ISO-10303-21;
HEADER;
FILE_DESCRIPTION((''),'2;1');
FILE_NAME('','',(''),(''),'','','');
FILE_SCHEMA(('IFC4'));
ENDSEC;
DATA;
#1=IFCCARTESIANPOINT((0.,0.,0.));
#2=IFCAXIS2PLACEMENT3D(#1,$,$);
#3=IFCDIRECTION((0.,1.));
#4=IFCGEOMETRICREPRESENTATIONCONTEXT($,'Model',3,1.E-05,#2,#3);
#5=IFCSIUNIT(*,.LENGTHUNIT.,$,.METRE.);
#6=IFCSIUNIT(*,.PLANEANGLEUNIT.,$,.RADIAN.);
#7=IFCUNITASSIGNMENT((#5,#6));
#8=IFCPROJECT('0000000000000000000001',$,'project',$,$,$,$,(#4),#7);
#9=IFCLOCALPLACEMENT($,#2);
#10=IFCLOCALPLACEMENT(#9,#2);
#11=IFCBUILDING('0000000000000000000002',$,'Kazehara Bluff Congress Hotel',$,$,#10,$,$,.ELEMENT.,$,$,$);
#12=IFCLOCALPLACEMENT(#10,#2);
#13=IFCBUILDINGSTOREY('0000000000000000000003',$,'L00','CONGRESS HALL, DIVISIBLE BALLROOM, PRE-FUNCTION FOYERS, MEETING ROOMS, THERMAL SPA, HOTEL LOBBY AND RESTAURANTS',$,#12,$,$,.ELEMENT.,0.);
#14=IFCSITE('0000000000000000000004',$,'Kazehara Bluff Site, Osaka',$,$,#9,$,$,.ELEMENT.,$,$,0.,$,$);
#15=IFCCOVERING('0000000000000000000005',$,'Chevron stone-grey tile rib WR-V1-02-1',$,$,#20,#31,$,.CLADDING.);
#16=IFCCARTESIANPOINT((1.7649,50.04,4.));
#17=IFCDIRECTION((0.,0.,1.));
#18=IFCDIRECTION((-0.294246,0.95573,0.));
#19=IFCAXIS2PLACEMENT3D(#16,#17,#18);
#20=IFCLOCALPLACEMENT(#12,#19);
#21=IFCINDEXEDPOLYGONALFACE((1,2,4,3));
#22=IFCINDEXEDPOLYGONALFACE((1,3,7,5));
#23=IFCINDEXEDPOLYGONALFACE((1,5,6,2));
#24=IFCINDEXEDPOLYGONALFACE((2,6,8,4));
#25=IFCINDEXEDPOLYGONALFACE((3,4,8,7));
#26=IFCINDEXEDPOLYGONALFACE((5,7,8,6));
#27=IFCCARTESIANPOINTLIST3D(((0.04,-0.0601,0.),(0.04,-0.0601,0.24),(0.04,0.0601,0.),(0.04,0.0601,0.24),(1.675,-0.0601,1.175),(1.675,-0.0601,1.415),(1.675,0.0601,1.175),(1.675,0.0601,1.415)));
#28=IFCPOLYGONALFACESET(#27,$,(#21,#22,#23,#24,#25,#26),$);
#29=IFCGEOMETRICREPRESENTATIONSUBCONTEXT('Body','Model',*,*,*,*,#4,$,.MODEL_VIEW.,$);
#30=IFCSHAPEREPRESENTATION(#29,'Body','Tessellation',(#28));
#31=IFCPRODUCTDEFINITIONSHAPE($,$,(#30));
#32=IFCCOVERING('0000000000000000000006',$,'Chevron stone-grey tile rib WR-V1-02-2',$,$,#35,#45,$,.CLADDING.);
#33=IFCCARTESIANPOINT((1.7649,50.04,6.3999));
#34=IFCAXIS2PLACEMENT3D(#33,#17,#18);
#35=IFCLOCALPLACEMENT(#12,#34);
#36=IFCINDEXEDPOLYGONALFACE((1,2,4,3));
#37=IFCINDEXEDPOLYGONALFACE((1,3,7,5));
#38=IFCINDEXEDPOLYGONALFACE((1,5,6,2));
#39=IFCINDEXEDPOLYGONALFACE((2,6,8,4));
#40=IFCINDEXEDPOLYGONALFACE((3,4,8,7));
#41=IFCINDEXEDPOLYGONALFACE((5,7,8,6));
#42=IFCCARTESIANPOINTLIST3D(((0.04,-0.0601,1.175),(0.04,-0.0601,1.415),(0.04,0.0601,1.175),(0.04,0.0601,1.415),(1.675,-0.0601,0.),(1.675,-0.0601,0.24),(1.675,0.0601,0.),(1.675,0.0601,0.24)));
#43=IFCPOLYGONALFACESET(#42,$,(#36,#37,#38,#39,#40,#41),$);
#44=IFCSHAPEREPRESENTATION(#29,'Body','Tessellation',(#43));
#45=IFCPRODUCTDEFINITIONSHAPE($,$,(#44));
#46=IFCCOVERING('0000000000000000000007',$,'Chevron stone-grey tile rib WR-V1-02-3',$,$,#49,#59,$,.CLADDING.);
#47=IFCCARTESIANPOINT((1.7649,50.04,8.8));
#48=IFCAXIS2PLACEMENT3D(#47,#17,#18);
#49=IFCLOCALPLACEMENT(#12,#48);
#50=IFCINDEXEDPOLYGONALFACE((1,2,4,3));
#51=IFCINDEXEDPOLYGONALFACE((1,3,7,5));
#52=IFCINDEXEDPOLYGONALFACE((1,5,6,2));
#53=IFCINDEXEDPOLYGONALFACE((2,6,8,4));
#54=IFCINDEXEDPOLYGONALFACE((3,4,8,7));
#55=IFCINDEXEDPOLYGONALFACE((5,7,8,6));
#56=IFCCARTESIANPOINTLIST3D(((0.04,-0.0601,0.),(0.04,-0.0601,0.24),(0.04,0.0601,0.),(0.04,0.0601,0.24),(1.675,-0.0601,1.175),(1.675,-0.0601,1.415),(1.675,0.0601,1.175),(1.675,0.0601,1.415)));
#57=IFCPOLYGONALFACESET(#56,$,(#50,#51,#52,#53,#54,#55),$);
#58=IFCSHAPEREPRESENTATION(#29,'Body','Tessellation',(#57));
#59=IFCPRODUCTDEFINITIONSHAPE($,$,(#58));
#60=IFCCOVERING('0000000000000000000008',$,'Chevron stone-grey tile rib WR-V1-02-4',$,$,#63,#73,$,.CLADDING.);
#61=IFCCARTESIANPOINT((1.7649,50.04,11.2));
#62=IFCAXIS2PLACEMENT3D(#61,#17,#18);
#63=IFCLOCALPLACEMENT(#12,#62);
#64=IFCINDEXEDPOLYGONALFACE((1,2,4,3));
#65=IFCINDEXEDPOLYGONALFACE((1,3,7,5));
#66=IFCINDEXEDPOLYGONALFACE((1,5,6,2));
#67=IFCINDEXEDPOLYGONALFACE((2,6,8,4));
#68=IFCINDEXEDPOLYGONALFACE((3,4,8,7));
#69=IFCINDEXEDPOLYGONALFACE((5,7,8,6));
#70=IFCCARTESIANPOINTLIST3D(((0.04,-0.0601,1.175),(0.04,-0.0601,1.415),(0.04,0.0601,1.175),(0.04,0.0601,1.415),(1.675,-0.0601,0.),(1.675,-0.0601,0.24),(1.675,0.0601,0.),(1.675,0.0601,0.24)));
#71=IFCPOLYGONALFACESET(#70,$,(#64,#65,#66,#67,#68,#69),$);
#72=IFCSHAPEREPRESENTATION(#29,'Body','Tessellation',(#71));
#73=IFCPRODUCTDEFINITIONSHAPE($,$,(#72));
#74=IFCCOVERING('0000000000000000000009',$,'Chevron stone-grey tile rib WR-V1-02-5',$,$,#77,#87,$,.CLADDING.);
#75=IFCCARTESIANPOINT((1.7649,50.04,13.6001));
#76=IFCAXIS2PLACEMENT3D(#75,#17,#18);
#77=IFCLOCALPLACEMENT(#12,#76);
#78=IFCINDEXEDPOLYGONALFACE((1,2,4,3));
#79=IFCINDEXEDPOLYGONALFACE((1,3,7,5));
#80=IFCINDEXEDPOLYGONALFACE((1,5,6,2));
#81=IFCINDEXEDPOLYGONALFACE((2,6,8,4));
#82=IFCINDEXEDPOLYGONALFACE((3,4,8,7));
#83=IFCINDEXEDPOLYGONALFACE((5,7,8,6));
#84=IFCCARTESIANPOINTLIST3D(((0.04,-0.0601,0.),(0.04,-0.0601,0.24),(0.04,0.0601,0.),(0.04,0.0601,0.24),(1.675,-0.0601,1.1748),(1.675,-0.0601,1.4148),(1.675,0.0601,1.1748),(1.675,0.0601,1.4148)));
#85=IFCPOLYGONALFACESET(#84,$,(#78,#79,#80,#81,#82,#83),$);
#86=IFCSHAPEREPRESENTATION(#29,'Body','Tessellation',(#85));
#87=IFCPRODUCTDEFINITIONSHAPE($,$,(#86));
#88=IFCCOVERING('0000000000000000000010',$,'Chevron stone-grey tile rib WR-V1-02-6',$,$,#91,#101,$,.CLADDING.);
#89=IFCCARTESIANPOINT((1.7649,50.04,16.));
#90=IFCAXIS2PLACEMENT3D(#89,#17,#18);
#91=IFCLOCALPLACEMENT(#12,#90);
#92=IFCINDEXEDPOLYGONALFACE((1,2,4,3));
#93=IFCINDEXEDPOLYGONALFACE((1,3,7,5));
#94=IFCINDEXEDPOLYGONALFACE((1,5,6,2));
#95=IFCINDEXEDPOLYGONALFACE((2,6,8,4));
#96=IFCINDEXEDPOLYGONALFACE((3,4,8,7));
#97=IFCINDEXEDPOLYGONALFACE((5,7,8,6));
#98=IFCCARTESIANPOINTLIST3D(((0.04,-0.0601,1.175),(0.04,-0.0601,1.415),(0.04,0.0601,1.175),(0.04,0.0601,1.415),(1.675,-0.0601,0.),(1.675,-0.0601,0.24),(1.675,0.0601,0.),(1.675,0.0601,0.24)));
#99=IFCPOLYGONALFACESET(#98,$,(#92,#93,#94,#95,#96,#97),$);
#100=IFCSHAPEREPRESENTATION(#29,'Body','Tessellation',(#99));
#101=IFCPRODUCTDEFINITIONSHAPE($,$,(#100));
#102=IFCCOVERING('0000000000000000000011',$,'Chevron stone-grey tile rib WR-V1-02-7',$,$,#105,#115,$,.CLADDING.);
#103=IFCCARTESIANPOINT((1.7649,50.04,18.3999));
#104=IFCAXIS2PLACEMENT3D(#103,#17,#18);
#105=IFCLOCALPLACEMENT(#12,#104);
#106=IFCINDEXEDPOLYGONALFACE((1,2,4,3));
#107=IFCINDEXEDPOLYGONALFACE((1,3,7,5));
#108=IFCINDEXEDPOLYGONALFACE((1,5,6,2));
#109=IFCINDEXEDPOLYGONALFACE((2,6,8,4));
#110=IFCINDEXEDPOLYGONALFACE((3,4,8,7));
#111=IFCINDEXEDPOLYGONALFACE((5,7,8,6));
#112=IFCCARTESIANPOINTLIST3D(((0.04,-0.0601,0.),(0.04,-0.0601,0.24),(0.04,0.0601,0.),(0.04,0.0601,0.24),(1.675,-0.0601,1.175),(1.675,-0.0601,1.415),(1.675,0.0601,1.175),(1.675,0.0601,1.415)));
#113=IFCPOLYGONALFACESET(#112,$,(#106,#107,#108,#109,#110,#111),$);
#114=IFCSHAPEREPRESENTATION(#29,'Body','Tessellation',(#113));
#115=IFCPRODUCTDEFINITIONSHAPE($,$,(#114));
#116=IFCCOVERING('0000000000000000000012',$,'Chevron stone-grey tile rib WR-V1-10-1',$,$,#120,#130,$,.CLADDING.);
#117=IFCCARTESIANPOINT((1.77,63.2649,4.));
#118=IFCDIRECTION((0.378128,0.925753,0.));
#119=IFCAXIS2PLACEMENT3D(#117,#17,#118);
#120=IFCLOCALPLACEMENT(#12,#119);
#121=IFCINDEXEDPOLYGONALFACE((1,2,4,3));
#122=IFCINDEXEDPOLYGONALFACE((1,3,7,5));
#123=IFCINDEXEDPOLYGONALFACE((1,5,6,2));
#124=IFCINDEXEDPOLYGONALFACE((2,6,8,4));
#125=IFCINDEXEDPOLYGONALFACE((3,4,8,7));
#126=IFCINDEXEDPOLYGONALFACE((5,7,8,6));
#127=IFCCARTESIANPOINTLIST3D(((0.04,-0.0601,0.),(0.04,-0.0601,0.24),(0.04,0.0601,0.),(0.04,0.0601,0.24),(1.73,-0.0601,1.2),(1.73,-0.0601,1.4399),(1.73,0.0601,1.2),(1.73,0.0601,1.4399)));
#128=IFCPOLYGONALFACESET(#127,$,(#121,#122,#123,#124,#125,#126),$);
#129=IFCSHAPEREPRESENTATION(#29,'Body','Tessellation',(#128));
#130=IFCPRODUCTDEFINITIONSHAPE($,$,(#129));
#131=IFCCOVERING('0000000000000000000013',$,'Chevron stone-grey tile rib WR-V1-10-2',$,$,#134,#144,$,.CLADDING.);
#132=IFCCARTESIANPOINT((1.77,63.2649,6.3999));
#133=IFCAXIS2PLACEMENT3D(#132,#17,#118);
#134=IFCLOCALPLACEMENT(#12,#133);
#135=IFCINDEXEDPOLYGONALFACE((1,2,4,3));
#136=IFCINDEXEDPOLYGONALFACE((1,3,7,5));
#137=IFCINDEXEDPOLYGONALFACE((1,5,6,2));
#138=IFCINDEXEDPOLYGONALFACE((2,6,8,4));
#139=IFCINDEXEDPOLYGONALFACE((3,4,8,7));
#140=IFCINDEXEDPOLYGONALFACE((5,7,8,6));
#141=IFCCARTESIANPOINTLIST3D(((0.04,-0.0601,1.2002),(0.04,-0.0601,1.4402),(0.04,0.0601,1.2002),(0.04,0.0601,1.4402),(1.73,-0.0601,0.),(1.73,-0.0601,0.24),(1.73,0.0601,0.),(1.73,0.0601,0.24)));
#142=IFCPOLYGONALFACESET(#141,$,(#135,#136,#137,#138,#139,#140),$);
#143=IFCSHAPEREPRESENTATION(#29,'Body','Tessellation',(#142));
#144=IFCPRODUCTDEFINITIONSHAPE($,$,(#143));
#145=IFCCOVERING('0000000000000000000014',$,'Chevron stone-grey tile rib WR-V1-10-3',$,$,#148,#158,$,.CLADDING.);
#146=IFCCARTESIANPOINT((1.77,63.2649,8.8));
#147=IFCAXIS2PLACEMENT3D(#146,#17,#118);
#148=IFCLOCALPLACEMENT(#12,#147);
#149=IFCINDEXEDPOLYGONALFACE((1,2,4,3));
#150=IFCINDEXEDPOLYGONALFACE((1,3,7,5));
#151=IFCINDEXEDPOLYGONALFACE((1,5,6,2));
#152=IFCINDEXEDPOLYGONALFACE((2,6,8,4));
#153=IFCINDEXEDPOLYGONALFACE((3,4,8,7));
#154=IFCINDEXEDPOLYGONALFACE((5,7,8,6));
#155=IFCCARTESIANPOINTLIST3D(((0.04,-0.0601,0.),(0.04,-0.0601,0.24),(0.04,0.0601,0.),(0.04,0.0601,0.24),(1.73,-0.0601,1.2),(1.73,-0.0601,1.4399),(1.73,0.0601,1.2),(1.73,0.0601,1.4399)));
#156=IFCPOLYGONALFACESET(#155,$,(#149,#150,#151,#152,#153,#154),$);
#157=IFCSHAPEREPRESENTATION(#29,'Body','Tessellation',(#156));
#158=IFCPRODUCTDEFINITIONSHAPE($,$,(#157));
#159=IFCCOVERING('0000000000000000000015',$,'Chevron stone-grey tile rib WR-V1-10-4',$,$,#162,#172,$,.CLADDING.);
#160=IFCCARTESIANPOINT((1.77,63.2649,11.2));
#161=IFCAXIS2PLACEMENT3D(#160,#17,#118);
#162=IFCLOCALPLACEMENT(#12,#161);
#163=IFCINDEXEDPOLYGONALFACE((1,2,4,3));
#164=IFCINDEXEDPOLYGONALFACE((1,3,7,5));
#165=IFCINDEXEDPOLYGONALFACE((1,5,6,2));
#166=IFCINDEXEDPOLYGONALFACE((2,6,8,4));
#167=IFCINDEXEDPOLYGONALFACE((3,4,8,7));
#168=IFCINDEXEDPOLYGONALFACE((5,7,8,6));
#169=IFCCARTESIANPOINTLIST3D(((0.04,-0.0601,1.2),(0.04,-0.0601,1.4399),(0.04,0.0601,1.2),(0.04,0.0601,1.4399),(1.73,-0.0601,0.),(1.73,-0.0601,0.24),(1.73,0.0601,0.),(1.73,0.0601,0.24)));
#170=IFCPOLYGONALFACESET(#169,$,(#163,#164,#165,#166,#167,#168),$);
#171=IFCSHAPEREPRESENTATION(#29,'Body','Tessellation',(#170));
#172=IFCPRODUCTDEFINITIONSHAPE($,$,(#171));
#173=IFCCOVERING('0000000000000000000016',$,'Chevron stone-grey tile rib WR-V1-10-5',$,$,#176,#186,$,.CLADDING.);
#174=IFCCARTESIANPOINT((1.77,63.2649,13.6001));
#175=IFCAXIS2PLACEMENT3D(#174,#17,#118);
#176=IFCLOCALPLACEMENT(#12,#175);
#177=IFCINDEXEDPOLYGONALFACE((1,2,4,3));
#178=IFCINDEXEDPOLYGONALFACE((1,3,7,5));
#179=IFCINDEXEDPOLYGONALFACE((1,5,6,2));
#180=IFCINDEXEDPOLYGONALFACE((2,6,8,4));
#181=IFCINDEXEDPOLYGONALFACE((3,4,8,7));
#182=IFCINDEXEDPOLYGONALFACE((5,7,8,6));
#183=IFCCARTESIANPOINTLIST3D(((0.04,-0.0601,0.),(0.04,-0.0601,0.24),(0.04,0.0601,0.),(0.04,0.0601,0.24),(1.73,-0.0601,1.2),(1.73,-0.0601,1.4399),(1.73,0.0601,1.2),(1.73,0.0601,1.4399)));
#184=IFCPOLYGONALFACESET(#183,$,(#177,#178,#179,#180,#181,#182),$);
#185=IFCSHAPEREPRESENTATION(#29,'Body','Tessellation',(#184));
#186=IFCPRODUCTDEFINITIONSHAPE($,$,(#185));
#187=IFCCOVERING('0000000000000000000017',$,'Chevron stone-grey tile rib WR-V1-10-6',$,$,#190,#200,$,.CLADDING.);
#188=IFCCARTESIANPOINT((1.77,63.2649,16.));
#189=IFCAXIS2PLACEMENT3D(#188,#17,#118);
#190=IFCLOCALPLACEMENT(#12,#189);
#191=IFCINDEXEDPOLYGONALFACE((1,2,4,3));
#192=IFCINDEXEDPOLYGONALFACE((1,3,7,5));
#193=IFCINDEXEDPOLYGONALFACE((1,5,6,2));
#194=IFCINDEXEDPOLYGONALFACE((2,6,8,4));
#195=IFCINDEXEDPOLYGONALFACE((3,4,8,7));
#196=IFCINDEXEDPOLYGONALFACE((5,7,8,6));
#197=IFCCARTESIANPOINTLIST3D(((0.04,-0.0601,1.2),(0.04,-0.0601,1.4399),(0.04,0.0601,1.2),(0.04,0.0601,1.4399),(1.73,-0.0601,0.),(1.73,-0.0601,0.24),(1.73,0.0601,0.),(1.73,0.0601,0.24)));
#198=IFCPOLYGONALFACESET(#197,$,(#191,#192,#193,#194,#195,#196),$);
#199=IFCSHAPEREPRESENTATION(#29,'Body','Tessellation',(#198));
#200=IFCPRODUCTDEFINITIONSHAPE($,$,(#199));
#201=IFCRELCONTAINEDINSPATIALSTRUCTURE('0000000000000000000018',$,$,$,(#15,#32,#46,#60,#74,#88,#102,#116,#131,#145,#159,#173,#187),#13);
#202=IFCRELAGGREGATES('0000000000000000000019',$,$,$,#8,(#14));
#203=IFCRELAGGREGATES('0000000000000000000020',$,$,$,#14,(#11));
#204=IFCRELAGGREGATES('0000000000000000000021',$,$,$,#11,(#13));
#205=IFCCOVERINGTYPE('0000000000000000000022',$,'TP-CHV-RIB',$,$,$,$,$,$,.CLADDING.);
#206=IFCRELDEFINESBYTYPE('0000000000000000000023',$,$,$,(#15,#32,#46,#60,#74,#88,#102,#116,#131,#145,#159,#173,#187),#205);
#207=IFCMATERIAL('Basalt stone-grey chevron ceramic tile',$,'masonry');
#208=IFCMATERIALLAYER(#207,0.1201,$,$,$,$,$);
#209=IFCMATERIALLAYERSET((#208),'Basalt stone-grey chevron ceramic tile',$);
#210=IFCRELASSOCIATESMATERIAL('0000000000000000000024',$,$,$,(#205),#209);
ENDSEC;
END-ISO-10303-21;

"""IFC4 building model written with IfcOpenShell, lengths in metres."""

from ifc_helpers import new_model, si_unit, direction, frame, origin, place, context, subcontext, project, spatial, polyline, outline, extrude, material, layer, layer_set, type_object, element, save


model = new_model("IFC4")

# Units and contexts
model_context = context("Model", 3, precision=1e-05, world=origin(), true_north=direction((0.0, 1.0)))
body_context = subcontext(model_context, "Body", "Model", "MODEL_VIEW")
ifc_project = project(units=[si_unit("LENGTHUNIT", "METRE"), si_unit("PLANEANGLEUNIT", "RADIAN")], contexts=[model_context])

# Site, building, storey
site_placement = place(None, origin())
site = spatial("IfcSite", under=ifc_project, at=site_placement, Name="Kazehara Bluff Site, Osaka", CompositionType="ELEMENT", RefElevation=0.0)
building_placement = place(site_placement, origin())
building = spatial("IfcBuilding", under=site, at=building_placement, Name="Kazehara Bluff Congress Hotel", CompositionType="ELEMENT")
storey_placement = place(building_placement, origin())
storey = spatial("IfcBuildingStorey", under=building, at=storey_placement, Name="L00", Description="CONGRESS HALL, DIVISIBLE BALLROOM, PRE-FUNCTION FOYERS, MEETING ROOMS, THERMAL SPA, HOTEL LOBBY AND RESTAURANTS", CompositionType="ELEMENT", Elevation=0.0)

# Coverings
ifc_material_1 = material(Name="Basalt stone-grey chevron ceramic tile", Category="masonry")
ifc_layer_1 = layer(ifc_material_1, 0.1201)
ifc_layer_set_1 = layer_set([ifc_layer_1], Name="Basalt stone-grey chevron ceramic tile")
covering_type_1 = type_object("IfcCoveringType", Name="TP-CHV-RIB", PredefinedType="CLADDING", material=ifc_layer_set_1)
covering_1_placement = place(storey_placement, frame((1.7649, 50.04, 4.0), z_axis=(0.0, 0.0, 1.0), x_axis=(-0.294246, 0.95573, 0.0)))
element("IfcCovering", 1, at=covering_1_placement, inside=storey, type_object=covering_type_1, Name="Chevron stone-grey tile rib WR-V1-02-1", PredefinedType="CLADDING", context=body_context, shape_type="SweptSolid", body=[
    extrude(outline(polyline([(0.04, 0.0), (1.675, 1.175), (1.675, 1.415), (0.04, 0.24), (0.04, 0.0)])), frame((0.0, 0.0601, 0.0), z_axis=(0.0, -1.0, 0.0), x_axis=(1.0, 0.0, 0.0)), (0.0, 0.0, 1.0), 0.1201),
])
covering_2_placement = place(storey_placement, frame((1.7649, 50.04, 6.3999), z_axis=(0.0, 0.0, 1.0), x_axis=(-0.294246, 0.95573, 0.0)))
element("IfcCovering", 2, at=covering_2_placement, inside=storey, type_object=covering_type_1, Name="Chevron stone-grey tile rib WR-V1-02-2", PredefinedType="CLADDING", context=body_context, shape_type="SweptSolid", body=[
    extrude(outline(polyline([(0.04, 1.175), (1.675, 0.0), (1.675, 0.24), (0.04, 1.415), (0.04, 1.175)])), frame((0.0, 0.0601, 0.0), z_axis=(0.0, -1.0, 0.0), x_axis=(1.0, 0.0, 0.0)), (0.0, 0.0, 1.0), 0.1201),
])
covering_3_placement = place(storey_placement, frame((1.7649, 50.04, 8.8), z_axis=(0.0, 0.0, 1.0), x_axis=(-0.294246, 0.95573, 0.0)))
element("IfcCovering", 3, at=covering_3_placement, inside=storey, type_object=covering_type_1, Name="Chevron stone-grey tile rib WR-V1-02-3", PredefinedType="CLADDING", context=body_context, shape_type="SweptSolid", body=[
    extrude(outline(polyline([(0.04, 0.0), (1.675, 1.175), (1.675, 1.415), (0.04, 0.24), (0.04, 0.0)])), frame((0.0, 0.0601, 0.0), z_axis=(0.0, -1.0, 0.0), x_axis=(1.0, 0.0, 0.0)), (0.0, 0.0, 1.0), 0.1201),
])
covering_4_placement = place(storey_placement, frame((1.7649, 50.04, 11.2), z_axis=(0.0, 0.0, 1.0), x_axis=(-0.294246, 0.95573, 0.0)))
element("IfcCovering", 4, at=covering_4_placement, inside=storey, type_object=covering_type_1, Name="Chevron stone-grey tile rib WR-V1-02-4", PredefinedType="CLADDING", context=body_context, shape_type="SweptSolid", body=[
    extrude(outline(polyline([(0.04, 1.175), (1.675, 0.0), (1.675, 0.24), (0.04, 1.415), (0.04, 1.175)])), frame((0.0, 0.0601, 0.0), z_axis=(0.0, -1.0, 0.0), x_axis=(1.0, 0.0, 0.0)), (0.0, 0.0, 1.0), 0.1201),
])
covering_5_placement = place(storey_placement, frame((1.7649, 50.04, 13.6001), z_axis=(0.0, 0.0, 1.0), x_axis=(-0.294246, 0.95573, 0.0)))
element("IfcCovering", 5, at=covering_5_placement, inside=storey, type_object=covering_type_1, Name="Chevron stone-grey tile rib WR-V1-02-5", PredefinedType="CLADDING", context=body_context, shape_type="SweptSolid", body=[
    extrude(outline(polyline([(0.04, 0.0), (1.675, 1.1748), (1.675, 1.4148), (0.04, 0.24), (0.04, 0.0)])), frame((0.0, 0.0601, 0.0), z_axis=(0.0, -1.0, 0.0), x_axis=(1.0, 0.0, 0.0)), (0.0, 0.0, 1.0), 0.1201),
])
covering_6_placement = place(storey_placement, frame((1.7649, 50.04, 16.0), z_axis=(0.0, 0.0, 1.0), x_axis=(-0.294246, 0.95573, 0.0)))
element("IfcCovering", 6, at=covering_6_placement, inside=storey, type_object=covering_type_1, Name="Chevron stone-grey tile rib WR-V1-02-6", PredefinedType="CLADDING", context=body_context, shape_type="SweptSolid", body=[
    extrude(outline(polyline([(0.04, 1.175), (1.675, 0.0), (1.675, 0.24), (0.04, 1.415), (0.04, 1.175)])), frame((0.0, 0.0601, 0.0), z_axis=(0.0, -1.0, 0.0), x_axis=(1.0, 0.0, 0.0)), (0.0, 0.0, 1.0), 0.1201),
])
covering_7_placement = place(storey_placement, frame((1.7649, 50.04, 18.3999), z_axis=(0.0, 0.0, 1.0), x_axis=(-0.294246, 0.95573, 0.0)))
element("IfcCovering", 7, at=covering_7_placement, inside=storey, type_object=covering_type_1, Name="Chevron stone-grey tile rib WR-V1-02-7", PredefinedType="CLADDING", context=body_context, shape_type="SweptSolid", body=[
    extrude(outline(polyline([(0.04, 0.0), (1.675, 1.175), (1.675, 1.415), (0.04, 0.24), (0.04, 0.0)])), frame((0.0, 0.0601, 0.0), z_axis=(0.0, -1.0, 0.0), x_axis=(1.0, 0.0, 0.0)), (0.0, 0.0, 1.0), 0.1201),
])
covering_8_placement = place(storey_placement, frame((1.77, 63.2649, 4.0), z_axis=(0.0, 0.0, 1.0), x_axis=(0.378128, 0.925753, 0.0)))
element("IfcCovering", 8, at=covering_8_placement, inside=storey, type_object=covering_type_1, Name="Chevron stone-grey tile rib WR-V1-10-1", PredefinedType="CLADDING", context=body_context, shape_type="SweptSolid", body=[
    extrude(outline(polyline([(0.04, 0.0), (1.73, 1.2), (1.73, 1.4399), (0.04, 0.24), (0.04, 0.0)])), frame((0.0, 0.0601, 0.0), z_axis=(0.0, -1.0, 0.0), x_axis=(1.0, 0.0, 0.0)), (0.0, 0.0, 1.0), 0.1201),
])
covering_9_placement = place(storey_placement, frame((1.77, 63.2649, 6.3999), z_axis=(0.0, 0.0, 1.0), x_axis=(0.378128, 0.925753, 0.0)))
element("IfcCovering", 9, at=covering_9_placement, inside=storey, type_object=covering_type_1, Name="Chevron stone-grey tile rib WR-V1-10-2", PredefinedType="CLADDING", context=body_context, shape_type="SweptSolid", body=[
    extrude(outline(polyline([(0.04, 1.2002), (1.73, 0.0), (1.73, 0.24), (0.04, 1.4402), (0.04, 1.2002)])), frame((0.0, 0.0601, 0.0), z_axis=(0.0, -1.0, 0.0), x_axis=(1.0, 0.0, 0.0)), (0.0, 0.0, 1.0), 0.1201),
])
covering_10_placement = place(storey_placement, frame((1.77, 63.2649, 8.8), z_axis=(0.0, 0.0, 1.0), x_axis=(0.378128, 0.925753, 0.0)))
element("IfcCovering", 10, at=covering_10_placement, inside=storey, type_object=covering_type_1, Name="Chevron stone-grey tile rib WR-V1-10-3", PredefinedType="CLADDING", context=body_context, shape_type="SweptSolid", body=[
    extrude(outline(polyline([(0.04, 0.0), (1.73, 1.2), (1.73, 1.4399), (0.04, 0.24), (0.04, 0.0)])), frame((0.0, 0.0601, 0.0), z_axis=(0.0, -1.0, 0.0), x_axis=(1.0, 0.0, 0.0)), (0.0, 0.0, 1.0), 0.1201),
])
covering_11_placement = place(storey_placement, frame((1.77, 63.2649, 11.2), z_axis=(0.0, 0.0, 1.0), x_axis=(0.378128, 0.925753, 0.0)))
element("IfcCovering", 11, at=covering_11_placement, inside=storey, type_object=covering_type_1, Name="Chevron stone-grey tile rib WR-V1-10-4", PredefinedType="CLADDING", context=body_context, shape_type="SweptSolid", body=[
    extrude(outline(polyline([(0.04, 1.2), (1.73, 0.0), (1.73, 0.24), (0.04, 1.4399), (0.04, 1.2)])), frame((0.0, 0.0601, 0.0), z_axis=(0.0, -1.0, 0.0), x_axis=(1.0, 0.0, 0.0)), (0.0, 0.0, 1.0), 0.1201),
])
covering_12_placement = place(storey_placement, frame((1.77, 63.2649, 13.6001), z_axis=(0.0, 0.0, 1.0), x_axis=(0.378128, 0.925753, 0.0)))
element("IfcCovering", 12, at=covering_12_placement, inside=storey, type_object=covering_type_1, Name="Chevron stone-grey tile rib WR-V1-10-5", PredefinedType="CLADDING", context=body_context, shape_type="SweptSolid", body=[
    extrude(outline(polyline([(0.04, 0.0), (1.73, 1.2), (1.73, 1.4399), (0.04, 0.24), (0.04, 0.0)])), frame((0.0, 0.0601, 0.0), z_axis=(0.0, -1.0, 0.0), x_axis=(1.0, 0.0, 0.0)), (0.0, 0.0, 1.0), 0.1201),
])
covering_13_placement = place(storey_placement, frame((1.77, 63.2649, 16.0), z_axis=(0.0, 0.0, 1.0), x_axis=(0.378128, 0.925753, 0.0)))
element("IfcCovering", 13, at=covering_13_placement, inside=storey, type_object=covering_type_1, Name="Chevron stone-grey tile rib WR-V1-10-6", PredefinedType="CLADDING", context=body_context, shape_type="SweptSolid", body=[
    extrude(outline(polyline([(0.04, 1.2), (1.73, 0.0), (1.73, 0.24), (0.04, 1.4399), (0.04, 1.2)])), frame((0.0, 0.0601, 0.0), z_axis=(0.0, -1.0, 0.0), x_axis=(1.0, 0.0, 0.0)), (0.0, 0.0, 1.0), 0.1201),
])

save(model, "model.ifc")
